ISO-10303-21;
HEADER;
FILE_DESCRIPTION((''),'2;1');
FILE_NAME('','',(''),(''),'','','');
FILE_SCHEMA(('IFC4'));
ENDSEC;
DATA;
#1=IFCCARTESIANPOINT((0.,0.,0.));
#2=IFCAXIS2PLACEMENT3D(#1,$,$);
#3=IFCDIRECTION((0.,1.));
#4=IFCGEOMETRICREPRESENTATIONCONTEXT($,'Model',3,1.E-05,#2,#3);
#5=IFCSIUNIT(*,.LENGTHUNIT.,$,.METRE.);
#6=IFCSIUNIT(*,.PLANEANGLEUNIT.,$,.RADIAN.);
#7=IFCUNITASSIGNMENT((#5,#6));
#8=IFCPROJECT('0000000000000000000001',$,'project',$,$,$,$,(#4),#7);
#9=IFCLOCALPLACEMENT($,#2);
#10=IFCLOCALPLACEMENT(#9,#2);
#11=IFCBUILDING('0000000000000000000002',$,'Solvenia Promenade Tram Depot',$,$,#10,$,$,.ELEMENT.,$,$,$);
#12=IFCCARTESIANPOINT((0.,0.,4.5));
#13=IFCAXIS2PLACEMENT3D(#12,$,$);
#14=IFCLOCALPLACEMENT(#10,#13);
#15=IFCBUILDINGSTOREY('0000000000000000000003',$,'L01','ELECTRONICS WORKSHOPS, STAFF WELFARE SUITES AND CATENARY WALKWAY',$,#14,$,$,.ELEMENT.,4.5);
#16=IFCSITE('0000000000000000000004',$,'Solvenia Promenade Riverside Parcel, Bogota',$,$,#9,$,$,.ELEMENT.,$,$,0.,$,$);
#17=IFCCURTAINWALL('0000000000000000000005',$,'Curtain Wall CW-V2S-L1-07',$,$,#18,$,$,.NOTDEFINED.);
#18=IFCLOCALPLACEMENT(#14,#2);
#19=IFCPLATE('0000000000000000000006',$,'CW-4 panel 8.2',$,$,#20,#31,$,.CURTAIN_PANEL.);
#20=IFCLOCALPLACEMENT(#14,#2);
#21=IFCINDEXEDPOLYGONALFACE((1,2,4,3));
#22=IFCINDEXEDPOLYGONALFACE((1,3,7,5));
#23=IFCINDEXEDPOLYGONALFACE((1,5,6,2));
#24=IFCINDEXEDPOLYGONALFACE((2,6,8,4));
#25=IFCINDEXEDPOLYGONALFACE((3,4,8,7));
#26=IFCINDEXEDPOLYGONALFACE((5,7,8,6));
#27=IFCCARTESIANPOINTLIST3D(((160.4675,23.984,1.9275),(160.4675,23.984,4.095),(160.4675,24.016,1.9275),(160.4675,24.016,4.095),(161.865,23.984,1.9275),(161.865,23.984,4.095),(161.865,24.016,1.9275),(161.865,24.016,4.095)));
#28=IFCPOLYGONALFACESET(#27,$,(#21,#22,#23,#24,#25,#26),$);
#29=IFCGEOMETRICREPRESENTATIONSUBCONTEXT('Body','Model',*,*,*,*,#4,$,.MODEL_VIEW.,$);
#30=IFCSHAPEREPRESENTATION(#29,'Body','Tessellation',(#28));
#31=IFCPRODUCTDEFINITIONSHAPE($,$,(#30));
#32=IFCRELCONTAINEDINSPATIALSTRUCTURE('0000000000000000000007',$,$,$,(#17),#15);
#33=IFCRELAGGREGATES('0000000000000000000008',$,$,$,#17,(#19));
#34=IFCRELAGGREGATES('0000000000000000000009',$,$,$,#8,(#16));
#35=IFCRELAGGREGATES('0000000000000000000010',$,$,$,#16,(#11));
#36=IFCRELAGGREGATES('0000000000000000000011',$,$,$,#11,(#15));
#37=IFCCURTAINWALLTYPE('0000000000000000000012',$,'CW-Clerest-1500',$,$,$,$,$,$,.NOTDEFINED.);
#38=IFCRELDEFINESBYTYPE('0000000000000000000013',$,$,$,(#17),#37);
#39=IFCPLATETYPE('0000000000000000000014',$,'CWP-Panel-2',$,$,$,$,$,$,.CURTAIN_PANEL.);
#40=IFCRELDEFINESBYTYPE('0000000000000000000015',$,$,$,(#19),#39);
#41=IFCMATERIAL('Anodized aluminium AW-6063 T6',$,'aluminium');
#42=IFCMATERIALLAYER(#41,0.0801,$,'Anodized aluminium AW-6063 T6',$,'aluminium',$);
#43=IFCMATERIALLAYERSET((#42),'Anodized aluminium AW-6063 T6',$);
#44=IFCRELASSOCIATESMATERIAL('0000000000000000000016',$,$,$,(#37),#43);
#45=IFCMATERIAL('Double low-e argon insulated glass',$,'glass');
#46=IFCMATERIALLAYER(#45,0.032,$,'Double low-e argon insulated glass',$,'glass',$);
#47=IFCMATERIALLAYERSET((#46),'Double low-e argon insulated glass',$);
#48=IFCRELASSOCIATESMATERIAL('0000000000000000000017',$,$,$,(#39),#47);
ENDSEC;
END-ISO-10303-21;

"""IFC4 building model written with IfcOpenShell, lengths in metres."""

from ifc_helpers import new_model, si_unit, direction, frame, origin, origin_2d, place, context, subcontext, project, spatial, rectangle, extrude, material, layer, layer_set, type_object, element, aggregate, save


model = new_model("IFC4")

# Units and contexts
model_context = context("Model", 3, precision=1e-05, world=origin(), true_north=direction((0.0, 1.0)))
body_context = subcontext(model_context, "Body", "Model", "MODEL_VIEW")
ifc_project = project(units=[si_unit("LENGTHUNIT", "METRE"), si_unit("PLANEANGLEUNIT", "RADIAN")], contexts=[model_context])

# Site, building, storey
site_placement = place(None, origin())
site = spatial("IfcSite", under=ifc_project, at=site_placement, Name="Solvenia Promenade Riverside Parcel, Bogota", CompositionType="ELEMENT", RefElevation=0.0)
building_placement = place(site_placement, origin())
building = spatial("IfcBuilding", under=site, at=building_placement, Name="Solvenia Promenade Tram Depot", CompositionType="ELEMENT")
storey_placement = place(building_placement, frame((0.0, 0.0, 4.5)))
storey = spatial("IfcBuildingStorey", under=building, at=storey_placement, Name="L01", Description="ELECTRONICS WORKSHOPS, STAFF WELFARE SUITES AND CATENARY WALKWAY", CompositionType="ELEMENT", Elevation=4.5)

# Curtain wall
ifc_material_1 = material(Name="Anodized aluminium AW-6063 T6", Category="aluminium")
ifc_layer_1 = layer(ifc_material_1, 0.0801, Name="Anodized aluminium AW-6063 T6", Category="aluminium")
ifc_layer_set_1 = layer_set([ifc_layer_1], Name="Anodized aluminium AW-6063 T6")
curtain_wall_type = type_object("IfcCurtainWallType", Name="CW-Clerest-1500", PredefinedType="NOTDEFINED", material=ifc_layer_set_1)
curtain_wall_placement = place(storey_placement, origin())
curtain_wall = element("IfcCurtainWall", 1, at=curtain_wall_placement, inside=storey, type_object=curtain_wall_type, Name="Curtain Wall CW-V2S-L1-07", PredefinedType="NOTDEFINED")

# Plate
ifc_material_2 = material(Name="Double low-e argon insulated glass", Category="glass")
ifc_layer_2 = layer(ifc_material_2, 0.032, Name="Double low-e argon insulated glass", Category="glass")
ifc_layer_set_2 = layer_set([ifc_layer_2], Name="Double low-e argon insulated glass")
plate_type = type_object("IfcPlateType", Name="CWP-Panel-2", PredefinedType="CURTAIN_PANEL", material=ifc_layer_set_2)
plate_1_placement = place(storey_placement, frame((161.1663, 24.0, 1.9275), z_axis=(0.0, 0.0, 1.0), x_axis=(1.0, 0.0, 0.0)))
plate_1 = element("IfcPlate", 2, at=plate_1_placement, type_object=plate_type, Name="CW-4 panel 8.2", PredefinedType="CURTAIN_PANEL", context=body_context, shape_type="SweptSolid", body=[
    extrude(rectangle(XDim=1.3975, YDim=0.032, at=origin_2d()), origin(), (0.0, 0.0, 1.0), 2.1675),
])
aggregate(curtain_wall, [plate_1])

save(model, "model.ifc")
